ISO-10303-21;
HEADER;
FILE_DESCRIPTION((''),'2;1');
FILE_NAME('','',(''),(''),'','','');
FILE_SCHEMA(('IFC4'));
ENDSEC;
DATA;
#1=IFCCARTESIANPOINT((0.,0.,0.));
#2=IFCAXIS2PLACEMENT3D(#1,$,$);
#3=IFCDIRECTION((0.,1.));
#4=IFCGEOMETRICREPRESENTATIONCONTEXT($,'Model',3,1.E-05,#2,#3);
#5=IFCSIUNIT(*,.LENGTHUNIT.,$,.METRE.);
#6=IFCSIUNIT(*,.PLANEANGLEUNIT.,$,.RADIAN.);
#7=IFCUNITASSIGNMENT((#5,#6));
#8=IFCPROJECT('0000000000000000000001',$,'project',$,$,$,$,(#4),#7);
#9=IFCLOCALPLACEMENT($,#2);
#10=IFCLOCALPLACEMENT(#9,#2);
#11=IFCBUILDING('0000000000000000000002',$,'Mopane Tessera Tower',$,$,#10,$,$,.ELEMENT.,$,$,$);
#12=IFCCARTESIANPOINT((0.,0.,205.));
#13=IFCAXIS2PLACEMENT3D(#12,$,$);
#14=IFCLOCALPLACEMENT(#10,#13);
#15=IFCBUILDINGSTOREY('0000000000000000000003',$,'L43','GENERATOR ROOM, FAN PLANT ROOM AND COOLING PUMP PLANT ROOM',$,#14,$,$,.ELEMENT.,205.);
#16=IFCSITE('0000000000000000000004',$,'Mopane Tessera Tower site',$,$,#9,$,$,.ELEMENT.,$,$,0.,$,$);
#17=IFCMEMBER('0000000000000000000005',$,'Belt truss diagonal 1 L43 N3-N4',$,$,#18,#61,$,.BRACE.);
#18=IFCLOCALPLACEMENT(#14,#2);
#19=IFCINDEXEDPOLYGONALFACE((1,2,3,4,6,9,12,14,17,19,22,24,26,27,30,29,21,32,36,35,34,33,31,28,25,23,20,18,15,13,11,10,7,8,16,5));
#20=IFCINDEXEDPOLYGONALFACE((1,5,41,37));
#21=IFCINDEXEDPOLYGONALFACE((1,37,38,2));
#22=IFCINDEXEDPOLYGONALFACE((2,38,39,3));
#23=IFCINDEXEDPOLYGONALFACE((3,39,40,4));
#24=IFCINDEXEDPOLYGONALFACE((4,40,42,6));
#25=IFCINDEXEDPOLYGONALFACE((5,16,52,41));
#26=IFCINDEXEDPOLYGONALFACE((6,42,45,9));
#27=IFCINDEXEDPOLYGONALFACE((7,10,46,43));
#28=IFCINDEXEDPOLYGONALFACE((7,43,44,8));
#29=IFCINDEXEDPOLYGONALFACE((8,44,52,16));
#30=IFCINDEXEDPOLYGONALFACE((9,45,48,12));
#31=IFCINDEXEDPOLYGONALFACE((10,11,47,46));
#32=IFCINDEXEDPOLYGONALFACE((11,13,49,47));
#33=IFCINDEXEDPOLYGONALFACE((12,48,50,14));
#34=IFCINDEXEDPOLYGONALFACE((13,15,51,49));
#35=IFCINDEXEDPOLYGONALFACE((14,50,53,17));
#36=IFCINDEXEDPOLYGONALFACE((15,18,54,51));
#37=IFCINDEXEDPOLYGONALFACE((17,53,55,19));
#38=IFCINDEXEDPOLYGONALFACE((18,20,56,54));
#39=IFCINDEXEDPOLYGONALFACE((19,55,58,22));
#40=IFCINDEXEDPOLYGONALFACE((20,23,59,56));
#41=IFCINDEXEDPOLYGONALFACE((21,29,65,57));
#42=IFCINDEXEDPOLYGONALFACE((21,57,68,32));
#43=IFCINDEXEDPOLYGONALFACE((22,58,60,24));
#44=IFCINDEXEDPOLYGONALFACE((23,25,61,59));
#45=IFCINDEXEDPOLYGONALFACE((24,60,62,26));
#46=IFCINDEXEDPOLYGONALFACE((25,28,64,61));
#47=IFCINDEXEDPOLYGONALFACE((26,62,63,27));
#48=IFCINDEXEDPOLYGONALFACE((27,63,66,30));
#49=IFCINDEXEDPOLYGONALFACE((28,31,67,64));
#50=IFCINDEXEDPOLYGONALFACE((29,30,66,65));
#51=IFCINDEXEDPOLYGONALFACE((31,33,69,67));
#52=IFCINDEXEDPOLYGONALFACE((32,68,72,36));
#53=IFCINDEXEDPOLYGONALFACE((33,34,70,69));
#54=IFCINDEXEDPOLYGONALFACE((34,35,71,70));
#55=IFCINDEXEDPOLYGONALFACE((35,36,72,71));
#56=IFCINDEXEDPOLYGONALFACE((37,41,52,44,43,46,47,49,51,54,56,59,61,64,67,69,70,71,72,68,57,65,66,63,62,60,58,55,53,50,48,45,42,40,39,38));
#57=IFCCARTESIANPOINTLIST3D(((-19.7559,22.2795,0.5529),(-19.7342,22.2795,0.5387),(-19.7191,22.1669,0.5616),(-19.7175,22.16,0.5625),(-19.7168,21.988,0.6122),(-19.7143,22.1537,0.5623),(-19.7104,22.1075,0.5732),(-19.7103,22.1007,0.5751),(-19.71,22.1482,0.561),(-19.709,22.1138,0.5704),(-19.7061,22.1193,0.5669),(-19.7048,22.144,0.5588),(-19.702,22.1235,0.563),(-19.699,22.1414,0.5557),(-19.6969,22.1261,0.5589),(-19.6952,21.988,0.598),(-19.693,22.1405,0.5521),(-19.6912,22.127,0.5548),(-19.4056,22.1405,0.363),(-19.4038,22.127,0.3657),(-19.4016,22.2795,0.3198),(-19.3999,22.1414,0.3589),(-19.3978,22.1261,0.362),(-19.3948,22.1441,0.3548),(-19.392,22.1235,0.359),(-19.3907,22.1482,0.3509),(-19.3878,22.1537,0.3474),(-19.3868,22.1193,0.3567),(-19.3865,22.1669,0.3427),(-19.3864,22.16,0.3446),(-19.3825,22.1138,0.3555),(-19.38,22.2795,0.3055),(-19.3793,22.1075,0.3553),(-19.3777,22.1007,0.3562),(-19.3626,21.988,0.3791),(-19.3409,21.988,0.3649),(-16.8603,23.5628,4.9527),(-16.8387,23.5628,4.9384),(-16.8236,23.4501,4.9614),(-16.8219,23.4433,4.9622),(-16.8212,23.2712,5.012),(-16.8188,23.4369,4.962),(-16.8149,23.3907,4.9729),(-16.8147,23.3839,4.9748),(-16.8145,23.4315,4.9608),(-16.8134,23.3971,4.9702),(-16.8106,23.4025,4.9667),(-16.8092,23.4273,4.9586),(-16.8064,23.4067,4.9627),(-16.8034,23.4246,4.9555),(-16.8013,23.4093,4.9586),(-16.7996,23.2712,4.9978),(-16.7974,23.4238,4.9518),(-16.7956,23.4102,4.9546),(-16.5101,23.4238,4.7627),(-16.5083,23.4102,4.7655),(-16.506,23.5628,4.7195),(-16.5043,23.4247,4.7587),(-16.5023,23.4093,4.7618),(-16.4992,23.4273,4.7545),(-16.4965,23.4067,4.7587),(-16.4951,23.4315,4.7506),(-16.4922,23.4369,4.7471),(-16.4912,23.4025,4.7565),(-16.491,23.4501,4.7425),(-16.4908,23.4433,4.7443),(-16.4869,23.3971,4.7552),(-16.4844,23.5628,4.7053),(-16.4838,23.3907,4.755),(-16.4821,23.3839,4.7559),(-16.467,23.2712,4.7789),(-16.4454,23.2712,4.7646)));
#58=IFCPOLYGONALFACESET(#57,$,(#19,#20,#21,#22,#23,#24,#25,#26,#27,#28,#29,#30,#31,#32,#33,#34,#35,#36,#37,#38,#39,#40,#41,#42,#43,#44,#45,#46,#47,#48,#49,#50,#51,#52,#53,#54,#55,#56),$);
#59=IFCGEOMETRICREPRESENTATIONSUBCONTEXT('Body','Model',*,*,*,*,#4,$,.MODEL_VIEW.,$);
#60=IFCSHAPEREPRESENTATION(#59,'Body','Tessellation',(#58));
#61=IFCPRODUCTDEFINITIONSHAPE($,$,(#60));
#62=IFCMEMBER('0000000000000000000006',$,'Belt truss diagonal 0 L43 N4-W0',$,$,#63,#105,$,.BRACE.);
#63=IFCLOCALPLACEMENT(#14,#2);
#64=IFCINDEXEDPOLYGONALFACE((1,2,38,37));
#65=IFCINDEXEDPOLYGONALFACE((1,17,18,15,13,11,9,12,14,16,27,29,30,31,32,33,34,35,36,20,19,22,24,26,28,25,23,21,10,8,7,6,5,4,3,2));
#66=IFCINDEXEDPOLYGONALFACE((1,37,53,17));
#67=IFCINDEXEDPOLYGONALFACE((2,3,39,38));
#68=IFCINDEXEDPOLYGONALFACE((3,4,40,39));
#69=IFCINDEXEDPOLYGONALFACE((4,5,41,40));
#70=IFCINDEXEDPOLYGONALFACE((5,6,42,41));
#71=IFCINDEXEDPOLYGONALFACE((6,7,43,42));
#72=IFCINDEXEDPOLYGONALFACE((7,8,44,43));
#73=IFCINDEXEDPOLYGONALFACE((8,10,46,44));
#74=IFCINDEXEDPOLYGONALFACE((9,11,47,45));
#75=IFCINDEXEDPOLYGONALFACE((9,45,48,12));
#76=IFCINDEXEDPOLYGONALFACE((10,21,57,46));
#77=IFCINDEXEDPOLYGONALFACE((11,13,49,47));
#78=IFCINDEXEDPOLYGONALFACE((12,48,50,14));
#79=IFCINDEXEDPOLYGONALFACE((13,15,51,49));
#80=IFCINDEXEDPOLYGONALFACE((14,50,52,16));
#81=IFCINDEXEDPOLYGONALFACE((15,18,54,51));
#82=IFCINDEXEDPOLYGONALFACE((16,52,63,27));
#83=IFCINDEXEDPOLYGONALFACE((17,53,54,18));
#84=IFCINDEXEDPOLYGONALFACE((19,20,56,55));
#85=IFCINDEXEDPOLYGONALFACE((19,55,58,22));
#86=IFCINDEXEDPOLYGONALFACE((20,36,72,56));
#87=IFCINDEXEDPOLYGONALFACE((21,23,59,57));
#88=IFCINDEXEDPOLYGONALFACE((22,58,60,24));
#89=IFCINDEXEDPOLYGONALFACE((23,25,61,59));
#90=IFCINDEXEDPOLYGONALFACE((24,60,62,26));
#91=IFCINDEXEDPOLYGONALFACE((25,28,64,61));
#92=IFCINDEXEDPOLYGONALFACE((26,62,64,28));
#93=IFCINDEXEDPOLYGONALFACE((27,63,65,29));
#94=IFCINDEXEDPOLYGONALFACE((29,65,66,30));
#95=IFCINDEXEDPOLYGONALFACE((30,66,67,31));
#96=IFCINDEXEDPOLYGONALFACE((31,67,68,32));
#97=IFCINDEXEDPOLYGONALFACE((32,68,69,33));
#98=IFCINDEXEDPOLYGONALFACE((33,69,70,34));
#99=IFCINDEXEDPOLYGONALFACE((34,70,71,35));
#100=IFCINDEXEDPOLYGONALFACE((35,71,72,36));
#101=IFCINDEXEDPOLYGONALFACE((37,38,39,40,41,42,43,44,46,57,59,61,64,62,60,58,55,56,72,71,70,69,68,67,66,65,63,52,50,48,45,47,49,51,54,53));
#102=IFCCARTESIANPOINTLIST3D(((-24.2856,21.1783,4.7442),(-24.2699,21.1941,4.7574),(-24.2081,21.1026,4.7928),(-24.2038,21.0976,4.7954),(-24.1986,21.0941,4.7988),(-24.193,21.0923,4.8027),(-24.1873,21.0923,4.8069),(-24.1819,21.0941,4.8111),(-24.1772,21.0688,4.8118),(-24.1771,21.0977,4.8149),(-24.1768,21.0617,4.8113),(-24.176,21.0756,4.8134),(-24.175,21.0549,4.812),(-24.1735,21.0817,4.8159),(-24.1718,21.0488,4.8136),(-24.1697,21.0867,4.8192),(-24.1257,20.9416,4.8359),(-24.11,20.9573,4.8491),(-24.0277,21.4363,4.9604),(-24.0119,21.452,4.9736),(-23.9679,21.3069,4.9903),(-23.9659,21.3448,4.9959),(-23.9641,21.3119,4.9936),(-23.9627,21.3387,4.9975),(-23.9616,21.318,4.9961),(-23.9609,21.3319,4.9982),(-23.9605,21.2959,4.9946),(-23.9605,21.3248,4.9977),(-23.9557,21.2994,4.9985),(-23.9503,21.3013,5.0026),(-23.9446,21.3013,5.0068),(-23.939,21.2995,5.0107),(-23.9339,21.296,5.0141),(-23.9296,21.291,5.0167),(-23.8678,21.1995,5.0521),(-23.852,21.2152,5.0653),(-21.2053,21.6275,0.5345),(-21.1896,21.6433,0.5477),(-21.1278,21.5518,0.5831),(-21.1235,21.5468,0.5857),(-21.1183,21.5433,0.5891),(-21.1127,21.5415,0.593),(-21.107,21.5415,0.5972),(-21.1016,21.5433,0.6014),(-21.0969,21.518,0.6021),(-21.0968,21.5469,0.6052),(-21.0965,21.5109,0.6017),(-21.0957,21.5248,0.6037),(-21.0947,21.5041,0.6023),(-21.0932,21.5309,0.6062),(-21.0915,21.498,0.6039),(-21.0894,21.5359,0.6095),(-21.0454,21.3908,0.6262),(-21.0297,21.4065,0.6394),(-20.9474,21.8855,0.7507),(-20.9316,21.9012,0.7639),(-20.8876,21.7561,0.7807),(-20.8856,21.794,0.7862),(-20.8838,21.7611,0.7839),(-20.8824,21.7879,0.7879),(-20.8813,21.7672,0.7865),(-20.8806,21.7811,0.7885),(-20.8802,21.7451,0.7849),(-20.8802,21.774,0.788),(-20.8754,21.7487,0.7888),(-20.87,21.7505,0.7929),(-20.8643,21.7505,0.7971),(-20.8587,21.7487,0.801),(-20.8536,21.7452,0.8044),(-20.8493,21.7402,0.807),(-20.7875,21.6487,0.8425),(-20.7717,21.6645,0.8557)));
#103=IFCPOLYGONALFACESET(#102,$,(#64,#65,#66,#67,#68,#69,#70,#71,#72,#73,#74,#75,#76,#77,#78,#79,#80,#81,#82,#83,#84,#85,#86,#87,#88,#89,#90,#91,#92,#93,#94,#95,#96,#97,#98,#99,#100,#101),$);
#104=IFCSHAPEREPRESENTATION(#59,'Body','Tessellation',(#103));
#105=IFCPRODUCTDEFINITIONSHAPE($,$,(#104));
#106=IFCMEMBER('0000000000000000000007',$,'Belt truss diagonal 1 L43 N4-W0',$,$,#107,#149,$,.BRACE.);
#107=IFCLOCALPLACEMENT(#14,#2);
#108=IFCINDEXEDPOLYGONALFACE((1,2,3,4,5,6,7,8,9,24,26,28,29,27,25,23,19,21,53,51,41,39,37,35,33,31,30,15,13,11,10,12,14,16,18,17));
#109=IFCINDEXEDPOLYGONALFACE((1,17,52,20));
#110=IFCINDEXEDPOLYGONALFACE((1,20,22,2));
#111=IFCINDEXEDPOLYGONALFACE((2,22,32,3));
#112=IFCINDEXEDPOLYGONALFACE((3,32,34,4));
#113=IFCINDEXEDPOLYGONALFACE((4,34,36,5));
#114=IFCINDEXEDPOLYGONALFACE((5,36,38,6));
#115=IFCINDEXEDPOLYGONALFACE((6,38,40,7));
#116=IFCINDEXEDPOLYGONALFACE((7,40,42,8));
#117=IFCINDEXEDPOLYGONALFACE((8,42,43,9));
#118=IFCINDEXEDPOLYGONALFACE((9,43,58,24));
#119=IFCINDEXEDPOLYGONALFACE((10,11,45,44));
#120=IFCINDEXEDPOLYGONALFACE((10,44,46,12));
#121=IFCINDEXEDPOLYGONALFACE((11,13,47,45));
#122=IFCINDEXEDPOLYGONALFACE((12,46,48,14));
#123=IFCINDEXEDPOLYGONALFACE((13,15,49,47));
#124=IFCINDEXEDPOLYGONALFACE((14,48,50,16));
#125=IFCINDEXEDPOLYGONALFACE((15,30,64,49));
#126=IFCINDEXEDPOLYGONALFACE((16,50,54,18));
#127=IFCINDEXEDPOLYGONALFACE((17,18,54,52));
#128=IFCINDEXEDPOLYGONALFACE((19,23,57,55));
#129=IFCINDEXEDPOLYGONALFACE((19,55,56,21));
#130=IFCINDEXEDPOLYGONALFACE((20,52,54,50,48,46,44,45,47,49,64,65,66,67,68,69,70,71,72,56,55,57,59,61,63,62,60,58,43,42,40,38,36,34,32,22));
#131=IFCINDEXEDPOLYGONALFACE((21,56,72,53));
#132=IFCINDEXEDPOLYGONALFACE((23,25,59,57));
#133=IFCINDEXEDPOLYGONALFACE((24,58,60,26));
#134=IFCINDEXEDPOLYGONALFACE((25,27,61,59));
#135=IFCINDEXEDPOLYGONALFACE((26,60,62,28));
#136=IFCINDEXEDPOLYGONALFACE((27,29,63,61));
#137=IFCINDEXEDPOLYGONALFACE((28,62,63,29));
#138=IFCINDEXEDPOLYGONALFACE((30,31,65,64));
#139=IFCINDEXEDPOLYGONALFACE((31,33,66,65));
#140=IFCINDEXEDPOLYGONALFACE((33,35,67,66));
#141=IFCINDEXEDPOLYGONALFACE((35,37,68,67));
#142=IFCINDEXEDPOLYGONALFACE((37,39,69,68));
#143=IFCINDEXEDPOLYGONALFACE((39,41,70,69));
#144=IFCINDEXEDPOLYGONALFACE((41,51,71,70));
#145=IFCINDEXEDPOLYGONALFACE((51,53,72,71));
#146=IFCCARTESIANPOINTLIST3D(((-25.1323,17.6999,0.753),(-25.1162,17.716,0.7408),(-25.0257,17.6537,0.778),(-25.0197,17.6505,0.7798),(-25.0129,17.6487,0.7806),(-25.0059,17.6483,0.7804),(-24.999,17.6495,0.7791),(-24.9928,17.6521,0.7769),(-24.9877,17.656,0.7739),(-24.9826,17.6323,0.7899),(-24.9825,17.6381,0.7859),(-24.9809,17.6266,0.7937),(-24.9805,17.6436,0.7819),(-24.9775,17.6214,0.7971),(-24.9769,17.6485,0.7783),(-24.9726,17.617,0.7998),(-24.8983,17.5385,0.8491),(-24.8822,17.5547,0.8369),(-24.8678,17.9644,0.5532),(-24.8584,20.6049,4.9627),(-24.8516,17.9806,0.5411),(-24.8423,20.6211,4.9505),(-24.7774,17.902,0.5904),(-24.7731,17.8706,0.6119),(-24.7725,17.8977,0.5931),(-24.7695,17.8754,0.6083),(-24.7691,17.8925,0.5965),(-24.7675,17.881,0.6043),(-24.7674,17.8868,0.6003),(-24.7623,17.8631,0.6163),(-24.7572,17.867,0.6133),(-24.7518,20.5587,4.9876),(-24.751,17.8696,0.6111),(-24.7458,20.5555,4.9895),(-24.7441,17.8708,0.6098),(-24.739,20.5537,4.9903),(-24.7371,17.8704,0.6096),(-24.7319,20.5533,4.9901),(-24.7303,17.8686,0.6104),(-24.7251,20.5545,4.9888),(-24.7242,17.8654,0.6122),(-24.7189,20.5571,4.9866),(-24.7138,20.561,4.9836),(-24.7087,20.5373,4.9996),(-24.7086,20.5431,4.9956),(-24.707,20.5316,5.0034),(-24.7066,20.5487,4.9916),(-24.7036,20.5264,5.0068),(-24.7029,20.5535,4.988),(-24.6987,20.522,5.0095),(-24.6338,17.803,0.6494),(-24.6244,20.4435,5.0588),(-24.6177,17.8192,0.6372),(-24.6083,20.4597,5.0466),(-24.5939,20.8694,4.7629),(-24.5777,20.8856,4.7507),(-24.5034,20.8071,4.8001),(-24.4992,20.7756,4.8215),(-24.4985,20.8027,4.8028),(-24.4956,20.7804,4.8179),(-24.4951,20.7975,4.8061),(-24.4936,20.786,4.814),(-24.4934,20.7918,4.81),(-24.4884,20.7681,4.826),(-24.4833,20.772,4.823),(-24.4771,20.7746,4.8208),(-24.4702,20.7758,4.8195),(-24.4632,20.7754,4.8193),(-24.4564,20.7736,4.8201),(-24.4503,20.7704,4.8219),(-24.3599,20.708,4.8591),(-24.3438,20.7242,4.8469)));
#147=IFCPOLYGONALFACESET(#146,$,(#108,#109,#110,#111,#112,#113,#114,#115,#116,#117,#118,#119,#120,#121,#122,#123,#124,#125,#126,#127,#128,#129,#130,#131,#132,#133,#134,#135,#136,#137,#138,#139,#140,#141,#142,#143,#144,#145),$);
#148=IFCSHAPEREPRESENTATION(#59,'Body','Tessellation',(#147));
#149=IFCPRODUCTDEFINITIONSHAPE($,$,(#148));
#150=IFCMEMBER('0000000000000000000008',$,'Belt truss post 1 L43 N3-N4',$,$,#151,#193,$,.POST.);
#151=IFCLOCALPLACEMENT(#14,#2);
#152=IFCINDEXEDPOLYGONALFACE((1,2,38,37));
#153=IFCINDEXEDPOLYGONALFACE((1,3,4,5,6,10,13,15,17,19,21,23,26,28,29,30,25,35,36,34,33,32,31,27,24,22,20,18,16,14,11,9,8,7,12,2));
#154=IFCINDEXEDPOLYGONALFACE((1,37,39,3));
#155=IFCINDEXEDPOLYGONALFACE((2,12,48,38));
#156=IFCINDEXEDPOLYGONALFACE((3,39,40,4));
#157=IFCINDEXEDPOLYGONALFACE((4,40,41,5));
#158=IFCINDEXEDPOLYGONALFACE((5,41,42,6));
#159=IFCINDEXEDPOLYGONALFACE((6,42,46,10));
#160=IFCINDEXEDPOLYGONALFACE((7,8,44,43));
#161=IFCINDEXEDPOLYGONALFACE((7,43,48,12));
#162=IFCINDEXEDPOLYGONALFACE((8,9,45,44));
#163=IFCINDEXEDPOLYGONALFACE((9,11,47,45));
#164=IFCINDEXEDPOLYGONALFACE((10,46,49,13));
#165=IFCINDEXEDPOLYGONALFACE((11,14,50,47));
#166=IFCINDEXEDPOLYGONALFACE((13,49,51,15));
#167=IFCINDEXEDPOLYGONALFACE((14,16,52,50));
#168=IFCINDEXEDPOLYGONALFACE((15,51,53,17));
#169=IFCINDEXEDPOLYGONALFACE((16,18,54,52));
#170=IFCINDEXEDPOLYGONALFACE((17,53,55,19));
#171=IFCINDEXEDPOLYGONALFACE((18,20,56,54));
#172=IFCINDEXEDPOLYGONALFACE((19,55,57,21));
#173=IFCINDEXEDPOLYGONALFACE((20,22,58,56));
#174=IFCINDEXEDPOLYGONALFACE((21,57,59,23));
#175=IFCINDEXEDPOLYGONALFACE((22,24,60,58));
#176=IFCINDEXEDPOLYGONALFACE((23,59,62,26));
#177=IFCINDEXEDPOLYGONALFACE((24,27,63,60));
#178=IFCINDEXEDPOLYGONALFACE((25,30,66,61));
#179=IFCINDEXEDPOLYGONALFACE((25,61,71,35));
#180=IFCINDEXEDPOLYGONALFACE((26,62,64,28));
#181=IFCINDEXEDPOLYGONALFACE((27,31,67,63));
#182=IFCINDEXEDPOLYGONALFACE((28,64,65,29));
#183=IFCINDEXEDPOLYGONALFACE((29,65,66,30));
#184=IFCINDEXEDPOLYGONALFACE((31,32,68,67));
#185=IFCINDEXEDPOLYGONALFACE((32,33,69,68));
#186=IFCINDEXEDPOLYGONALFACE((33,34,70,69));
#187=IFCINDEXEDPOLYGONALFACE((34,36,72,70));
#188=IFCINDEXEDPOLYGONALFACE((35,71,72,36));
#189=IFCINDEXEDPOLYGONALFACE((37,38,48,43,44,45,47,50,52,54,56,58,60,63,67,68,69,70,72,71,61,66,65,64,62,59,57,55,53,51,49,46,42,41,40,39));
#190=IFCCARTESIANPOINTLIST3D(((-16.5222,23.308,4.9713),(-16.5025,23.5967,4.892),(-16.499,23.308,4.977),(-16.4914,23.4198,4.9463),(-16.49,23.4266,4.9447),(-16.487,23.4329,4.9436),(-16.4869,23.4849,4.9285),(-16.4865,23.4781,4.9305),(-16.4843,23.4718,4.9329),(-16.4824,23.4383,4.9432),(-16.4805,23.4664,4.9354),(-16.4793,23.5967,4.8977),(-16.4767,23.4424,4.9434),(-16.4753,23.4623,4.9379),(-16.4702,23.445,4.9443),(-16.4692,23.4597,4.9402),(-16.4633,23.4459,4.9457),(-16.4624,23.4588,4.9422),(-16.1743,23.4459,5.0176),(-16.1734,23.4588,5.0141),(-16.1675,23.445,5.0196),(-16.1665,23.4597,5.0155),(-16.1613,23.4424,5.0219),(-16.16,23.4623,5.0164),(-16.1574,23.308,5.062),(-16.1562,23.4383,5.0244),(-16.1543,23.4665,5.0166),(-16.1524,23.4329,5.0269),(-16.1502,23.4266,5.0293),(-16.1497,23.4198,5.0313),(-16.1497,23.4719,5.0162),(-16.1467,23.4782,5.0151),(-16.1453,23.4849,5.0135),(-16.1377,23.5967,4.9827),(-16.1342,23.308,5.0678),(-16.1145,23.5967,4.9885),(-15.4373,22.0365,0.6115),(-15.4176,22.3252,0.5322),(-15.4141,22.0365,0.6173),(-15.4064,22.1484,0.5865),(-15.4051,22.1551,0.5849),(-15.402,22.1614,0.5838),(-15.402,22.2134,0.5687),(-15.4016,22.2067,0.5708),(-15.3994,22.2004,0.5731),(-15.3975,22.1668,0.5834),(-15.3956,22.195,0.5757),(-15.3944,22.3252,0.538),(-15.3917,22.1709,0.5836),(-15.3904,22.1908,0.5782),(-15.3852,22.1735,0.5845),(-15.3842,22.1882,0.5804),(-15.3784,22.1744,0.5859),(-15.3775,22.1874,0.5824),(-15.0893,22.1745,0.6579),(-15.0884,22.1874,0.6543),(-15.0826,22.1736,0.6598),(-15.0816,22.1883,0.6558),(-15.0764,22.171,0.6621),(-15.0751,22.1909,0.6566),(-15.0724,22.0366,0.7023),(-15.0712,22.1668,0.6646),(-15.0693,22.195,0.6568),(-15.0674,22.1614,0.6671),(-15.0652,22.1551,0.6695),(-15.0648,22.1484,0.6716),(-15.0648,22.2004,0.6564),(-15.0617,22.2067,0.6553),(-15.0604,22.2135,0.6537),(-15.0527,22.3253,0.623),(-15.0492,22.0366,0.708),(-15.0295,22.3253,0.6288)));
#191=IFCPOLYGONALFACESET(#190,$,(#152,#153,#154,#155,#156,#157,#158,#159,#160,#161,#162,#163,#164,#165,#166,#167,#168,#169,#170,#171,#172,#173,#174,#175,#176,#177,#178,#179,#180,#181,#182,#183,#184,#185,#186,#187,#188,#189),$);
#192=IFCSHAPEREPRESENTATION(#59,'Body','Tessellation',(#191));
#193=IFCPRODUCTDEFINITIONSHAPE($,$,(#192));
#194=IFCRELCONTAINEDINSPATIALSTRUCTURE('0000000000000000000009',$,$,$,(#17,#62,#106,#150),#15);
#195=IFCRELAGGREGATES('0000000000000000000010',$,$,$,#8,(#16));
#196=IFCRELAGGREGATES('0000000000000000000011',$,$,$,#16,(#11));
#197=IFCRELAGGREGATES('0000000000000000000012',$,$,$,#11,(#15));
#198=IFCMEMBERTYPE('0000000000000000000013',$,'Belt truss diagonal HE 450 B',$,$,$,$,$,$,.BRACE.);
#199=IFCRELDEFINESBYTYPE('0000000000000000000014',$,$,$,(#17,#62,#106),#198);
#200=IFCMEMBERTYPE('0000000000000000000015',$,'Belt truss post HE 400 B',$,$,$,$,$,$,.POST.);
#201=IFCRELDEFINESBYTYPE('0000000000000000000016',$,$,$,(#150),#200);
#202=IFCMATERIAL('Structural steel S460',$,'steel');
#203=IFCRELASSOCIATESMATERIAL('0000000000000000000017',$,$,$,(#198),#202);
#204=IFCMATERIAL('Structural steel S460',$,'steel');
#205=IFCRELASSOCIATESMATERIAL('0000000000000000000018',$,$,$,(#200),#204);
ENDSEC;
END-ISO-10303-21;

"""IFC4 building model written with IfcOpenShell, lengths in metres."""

from ifc_helpers import new_model, si_unit, direction, frame, origin, origin_2d, place, context, subcontext, project, spatial, i_section, extrude, material, material_profile, profile_set, type_object, element, save


model = new_model("IFC4")

# Units and contexts
model_context = context("Model", 3, precision=1e-05, world=origin(), true_north=direction((0.0, 1.0)))
body_context = subcontext(model_context, "Body", "Model", "MODEL_VIEW")
ifc_project = project(units=[si_unit("LENGTHUNIT", "METRE"), si_unit("PLANEANGLEUNIT", "RADIAN")], contexts=[model_context])

# Site, building, storey
site_placement = place(None, origin())
site = spatial("IfcSite", under=ifc_project, at=site_placement, Name="Mopane Tessera Tower site", CompositionType="ELEMENT", RefElevation=0.0)
building_placement = place(site_placement, origin())
building = spatial("IfcBuilding", under=site, at=building_placement, Name="Mopane Tessera Tower", CompositionType="ELEMENT")
storey_placement = place(building_placement, frame((0.0, 0.0, 205.0)))
storey = spatial("IfcBuildingStorey", under=building, at=storey_placement, Name="L43", Description="GENERATOR ROOM, FAN PLANT ROOM AND COOLING PUMP PLANT ROOM", CompositionType="ELEMENT", Elevation=205.0)

# Members
ifc_material_1 = material(Name="Structural steel S460", Category="steel")
ifc_material_profile_1 = material_profile(ifc_material_1, i_section(OverallWidth=0.3, OverallDepth=0.45, WebThickness=0.0139, FlangeThickness=0.0259, FilletRadius=0.0271, at=origin_2d()))
ifc_profile_set_1 = profile_set([ifc_material_profile_1], Name="Structural steel S460")
member_type_1 = type_object("IfcMemberType", Name="Belt truss diagonal HE 450 B", PredefinedType="BRACE", material=ifc_profile_set_1)
member_1_placement = place(storey_placement, frame((-16.6528, 23.417, 4.8586), z_axis=(-0.534125, -0.236708, -0.811591), x_axis=(0.130134, -0.971581, 0.197727)))
element("IfcMember", 1, at=member_1_placement, inside=storey, type_object=member_type_1, Name="Belt truss diagonal 1 L43 N3-N4", PredefinedType="BRACE", context=body_context, shape_type="SweptSolid", body=[
    extrude(i_section(OverallWidth=0.3, OverallDepth=0.45, WebThickness=0.0139, FlangeThickness=0.0259, FilletRadius=0.0271, at=origin_2d()), origin(), (0.0, 0.0, 1.0), 5.4211),
])
member_2_placement = place(storey_placement, frame((-20.9885, 21.646, 0.6951), z_axis=(-0.588338, -0.0858, 0.80405), x_axis=(0.532814, -0.7891, 0.305664)))
element("IfcMember", 2, at=member_2_placement, inside=storey, type_object=member_type_1, Name="Belt truss diagonal 0 L43 N4-W0", PredefinedType="BRACE", context=body_context, shape_type="SweptSolid", body=[
    extrude(i_section(OverallWidth=0.3, OverallDepth=0.45, WebThickness=0.0139, FlangeThickness=0.0259, FilletRadius=0.0271, at=origin_2d()), origin(), (0.0, 0.0, 1.0), 5.2356),
])
member_3_placement = place(storey_placement, frame((-24.6011, 20.6646, 4.9048), z_axis=(-0.053479, -0.567156, -0.821873), x_axis=(0.779769, -0.537856, 0.320423)))
element("IfcMember", 3, at=member_3_placement, inside=storey, type_object=member_type_1, Name="Belt truss diagonal 1 L43 N4-W0", PredefinedType="BRACE", context=body_context, shape_type="SweptSolid", body=[
    extrude(i_section(OverallWidth=0.3, OverallDepth=0.45, WebThickness=0.0139, FlangeThickness=0.0259, FilletRadius=0.0271, at=origin_2d()), origin(), (0.0, 0.0, 1.0), 5.1221),
])
ifc_material_2 = material(Name="Structural steel S460", Category="steel")
ifc_material_profile_2 = material_profile(ifc_material_2, i_section(OverallWidth=0.3, OverallDepth=0.3999, WebThickness=0.0134, FlangeThickness=0.0239, FilletRadius=0.0271, at=origin_2d()))
ifc_profile_set_2 = profile_set([ifc_material_profile_2], Name="Structural steel S460")
member_type_2 = type_object("IfcMemberType", Name="Belt truss post HE 400 B", PredefinedType="POST", material=ifc_profile_set_2)
member_4_placement = place(storey_placement, frame((-15.2334, 22.1809, 0.6201), z_axis=(-0.232361, 0.272308, 0.933733), x_axis=(-0.065662, -0.96221, 0.264273)))
element("IfcMember", 4, at=member_4_placement, inside=storey, type_object=member_type_2, Name="Belt truss post 1 L43 N3-N4", PredefinedType="POST", context=body_context, shape_type="SweptSolid", body=[
    extrude(i_section(OverallWidth=0.3, OverallDepth=0.3999, WebThickness=0.0134, FlangeThickness=0.0239, FilletRadius=0.0271, at=origin_2d()), origin(), (0.0, 0.0, 1.0), 4.6692),
])

save(model, "model.ifc")
